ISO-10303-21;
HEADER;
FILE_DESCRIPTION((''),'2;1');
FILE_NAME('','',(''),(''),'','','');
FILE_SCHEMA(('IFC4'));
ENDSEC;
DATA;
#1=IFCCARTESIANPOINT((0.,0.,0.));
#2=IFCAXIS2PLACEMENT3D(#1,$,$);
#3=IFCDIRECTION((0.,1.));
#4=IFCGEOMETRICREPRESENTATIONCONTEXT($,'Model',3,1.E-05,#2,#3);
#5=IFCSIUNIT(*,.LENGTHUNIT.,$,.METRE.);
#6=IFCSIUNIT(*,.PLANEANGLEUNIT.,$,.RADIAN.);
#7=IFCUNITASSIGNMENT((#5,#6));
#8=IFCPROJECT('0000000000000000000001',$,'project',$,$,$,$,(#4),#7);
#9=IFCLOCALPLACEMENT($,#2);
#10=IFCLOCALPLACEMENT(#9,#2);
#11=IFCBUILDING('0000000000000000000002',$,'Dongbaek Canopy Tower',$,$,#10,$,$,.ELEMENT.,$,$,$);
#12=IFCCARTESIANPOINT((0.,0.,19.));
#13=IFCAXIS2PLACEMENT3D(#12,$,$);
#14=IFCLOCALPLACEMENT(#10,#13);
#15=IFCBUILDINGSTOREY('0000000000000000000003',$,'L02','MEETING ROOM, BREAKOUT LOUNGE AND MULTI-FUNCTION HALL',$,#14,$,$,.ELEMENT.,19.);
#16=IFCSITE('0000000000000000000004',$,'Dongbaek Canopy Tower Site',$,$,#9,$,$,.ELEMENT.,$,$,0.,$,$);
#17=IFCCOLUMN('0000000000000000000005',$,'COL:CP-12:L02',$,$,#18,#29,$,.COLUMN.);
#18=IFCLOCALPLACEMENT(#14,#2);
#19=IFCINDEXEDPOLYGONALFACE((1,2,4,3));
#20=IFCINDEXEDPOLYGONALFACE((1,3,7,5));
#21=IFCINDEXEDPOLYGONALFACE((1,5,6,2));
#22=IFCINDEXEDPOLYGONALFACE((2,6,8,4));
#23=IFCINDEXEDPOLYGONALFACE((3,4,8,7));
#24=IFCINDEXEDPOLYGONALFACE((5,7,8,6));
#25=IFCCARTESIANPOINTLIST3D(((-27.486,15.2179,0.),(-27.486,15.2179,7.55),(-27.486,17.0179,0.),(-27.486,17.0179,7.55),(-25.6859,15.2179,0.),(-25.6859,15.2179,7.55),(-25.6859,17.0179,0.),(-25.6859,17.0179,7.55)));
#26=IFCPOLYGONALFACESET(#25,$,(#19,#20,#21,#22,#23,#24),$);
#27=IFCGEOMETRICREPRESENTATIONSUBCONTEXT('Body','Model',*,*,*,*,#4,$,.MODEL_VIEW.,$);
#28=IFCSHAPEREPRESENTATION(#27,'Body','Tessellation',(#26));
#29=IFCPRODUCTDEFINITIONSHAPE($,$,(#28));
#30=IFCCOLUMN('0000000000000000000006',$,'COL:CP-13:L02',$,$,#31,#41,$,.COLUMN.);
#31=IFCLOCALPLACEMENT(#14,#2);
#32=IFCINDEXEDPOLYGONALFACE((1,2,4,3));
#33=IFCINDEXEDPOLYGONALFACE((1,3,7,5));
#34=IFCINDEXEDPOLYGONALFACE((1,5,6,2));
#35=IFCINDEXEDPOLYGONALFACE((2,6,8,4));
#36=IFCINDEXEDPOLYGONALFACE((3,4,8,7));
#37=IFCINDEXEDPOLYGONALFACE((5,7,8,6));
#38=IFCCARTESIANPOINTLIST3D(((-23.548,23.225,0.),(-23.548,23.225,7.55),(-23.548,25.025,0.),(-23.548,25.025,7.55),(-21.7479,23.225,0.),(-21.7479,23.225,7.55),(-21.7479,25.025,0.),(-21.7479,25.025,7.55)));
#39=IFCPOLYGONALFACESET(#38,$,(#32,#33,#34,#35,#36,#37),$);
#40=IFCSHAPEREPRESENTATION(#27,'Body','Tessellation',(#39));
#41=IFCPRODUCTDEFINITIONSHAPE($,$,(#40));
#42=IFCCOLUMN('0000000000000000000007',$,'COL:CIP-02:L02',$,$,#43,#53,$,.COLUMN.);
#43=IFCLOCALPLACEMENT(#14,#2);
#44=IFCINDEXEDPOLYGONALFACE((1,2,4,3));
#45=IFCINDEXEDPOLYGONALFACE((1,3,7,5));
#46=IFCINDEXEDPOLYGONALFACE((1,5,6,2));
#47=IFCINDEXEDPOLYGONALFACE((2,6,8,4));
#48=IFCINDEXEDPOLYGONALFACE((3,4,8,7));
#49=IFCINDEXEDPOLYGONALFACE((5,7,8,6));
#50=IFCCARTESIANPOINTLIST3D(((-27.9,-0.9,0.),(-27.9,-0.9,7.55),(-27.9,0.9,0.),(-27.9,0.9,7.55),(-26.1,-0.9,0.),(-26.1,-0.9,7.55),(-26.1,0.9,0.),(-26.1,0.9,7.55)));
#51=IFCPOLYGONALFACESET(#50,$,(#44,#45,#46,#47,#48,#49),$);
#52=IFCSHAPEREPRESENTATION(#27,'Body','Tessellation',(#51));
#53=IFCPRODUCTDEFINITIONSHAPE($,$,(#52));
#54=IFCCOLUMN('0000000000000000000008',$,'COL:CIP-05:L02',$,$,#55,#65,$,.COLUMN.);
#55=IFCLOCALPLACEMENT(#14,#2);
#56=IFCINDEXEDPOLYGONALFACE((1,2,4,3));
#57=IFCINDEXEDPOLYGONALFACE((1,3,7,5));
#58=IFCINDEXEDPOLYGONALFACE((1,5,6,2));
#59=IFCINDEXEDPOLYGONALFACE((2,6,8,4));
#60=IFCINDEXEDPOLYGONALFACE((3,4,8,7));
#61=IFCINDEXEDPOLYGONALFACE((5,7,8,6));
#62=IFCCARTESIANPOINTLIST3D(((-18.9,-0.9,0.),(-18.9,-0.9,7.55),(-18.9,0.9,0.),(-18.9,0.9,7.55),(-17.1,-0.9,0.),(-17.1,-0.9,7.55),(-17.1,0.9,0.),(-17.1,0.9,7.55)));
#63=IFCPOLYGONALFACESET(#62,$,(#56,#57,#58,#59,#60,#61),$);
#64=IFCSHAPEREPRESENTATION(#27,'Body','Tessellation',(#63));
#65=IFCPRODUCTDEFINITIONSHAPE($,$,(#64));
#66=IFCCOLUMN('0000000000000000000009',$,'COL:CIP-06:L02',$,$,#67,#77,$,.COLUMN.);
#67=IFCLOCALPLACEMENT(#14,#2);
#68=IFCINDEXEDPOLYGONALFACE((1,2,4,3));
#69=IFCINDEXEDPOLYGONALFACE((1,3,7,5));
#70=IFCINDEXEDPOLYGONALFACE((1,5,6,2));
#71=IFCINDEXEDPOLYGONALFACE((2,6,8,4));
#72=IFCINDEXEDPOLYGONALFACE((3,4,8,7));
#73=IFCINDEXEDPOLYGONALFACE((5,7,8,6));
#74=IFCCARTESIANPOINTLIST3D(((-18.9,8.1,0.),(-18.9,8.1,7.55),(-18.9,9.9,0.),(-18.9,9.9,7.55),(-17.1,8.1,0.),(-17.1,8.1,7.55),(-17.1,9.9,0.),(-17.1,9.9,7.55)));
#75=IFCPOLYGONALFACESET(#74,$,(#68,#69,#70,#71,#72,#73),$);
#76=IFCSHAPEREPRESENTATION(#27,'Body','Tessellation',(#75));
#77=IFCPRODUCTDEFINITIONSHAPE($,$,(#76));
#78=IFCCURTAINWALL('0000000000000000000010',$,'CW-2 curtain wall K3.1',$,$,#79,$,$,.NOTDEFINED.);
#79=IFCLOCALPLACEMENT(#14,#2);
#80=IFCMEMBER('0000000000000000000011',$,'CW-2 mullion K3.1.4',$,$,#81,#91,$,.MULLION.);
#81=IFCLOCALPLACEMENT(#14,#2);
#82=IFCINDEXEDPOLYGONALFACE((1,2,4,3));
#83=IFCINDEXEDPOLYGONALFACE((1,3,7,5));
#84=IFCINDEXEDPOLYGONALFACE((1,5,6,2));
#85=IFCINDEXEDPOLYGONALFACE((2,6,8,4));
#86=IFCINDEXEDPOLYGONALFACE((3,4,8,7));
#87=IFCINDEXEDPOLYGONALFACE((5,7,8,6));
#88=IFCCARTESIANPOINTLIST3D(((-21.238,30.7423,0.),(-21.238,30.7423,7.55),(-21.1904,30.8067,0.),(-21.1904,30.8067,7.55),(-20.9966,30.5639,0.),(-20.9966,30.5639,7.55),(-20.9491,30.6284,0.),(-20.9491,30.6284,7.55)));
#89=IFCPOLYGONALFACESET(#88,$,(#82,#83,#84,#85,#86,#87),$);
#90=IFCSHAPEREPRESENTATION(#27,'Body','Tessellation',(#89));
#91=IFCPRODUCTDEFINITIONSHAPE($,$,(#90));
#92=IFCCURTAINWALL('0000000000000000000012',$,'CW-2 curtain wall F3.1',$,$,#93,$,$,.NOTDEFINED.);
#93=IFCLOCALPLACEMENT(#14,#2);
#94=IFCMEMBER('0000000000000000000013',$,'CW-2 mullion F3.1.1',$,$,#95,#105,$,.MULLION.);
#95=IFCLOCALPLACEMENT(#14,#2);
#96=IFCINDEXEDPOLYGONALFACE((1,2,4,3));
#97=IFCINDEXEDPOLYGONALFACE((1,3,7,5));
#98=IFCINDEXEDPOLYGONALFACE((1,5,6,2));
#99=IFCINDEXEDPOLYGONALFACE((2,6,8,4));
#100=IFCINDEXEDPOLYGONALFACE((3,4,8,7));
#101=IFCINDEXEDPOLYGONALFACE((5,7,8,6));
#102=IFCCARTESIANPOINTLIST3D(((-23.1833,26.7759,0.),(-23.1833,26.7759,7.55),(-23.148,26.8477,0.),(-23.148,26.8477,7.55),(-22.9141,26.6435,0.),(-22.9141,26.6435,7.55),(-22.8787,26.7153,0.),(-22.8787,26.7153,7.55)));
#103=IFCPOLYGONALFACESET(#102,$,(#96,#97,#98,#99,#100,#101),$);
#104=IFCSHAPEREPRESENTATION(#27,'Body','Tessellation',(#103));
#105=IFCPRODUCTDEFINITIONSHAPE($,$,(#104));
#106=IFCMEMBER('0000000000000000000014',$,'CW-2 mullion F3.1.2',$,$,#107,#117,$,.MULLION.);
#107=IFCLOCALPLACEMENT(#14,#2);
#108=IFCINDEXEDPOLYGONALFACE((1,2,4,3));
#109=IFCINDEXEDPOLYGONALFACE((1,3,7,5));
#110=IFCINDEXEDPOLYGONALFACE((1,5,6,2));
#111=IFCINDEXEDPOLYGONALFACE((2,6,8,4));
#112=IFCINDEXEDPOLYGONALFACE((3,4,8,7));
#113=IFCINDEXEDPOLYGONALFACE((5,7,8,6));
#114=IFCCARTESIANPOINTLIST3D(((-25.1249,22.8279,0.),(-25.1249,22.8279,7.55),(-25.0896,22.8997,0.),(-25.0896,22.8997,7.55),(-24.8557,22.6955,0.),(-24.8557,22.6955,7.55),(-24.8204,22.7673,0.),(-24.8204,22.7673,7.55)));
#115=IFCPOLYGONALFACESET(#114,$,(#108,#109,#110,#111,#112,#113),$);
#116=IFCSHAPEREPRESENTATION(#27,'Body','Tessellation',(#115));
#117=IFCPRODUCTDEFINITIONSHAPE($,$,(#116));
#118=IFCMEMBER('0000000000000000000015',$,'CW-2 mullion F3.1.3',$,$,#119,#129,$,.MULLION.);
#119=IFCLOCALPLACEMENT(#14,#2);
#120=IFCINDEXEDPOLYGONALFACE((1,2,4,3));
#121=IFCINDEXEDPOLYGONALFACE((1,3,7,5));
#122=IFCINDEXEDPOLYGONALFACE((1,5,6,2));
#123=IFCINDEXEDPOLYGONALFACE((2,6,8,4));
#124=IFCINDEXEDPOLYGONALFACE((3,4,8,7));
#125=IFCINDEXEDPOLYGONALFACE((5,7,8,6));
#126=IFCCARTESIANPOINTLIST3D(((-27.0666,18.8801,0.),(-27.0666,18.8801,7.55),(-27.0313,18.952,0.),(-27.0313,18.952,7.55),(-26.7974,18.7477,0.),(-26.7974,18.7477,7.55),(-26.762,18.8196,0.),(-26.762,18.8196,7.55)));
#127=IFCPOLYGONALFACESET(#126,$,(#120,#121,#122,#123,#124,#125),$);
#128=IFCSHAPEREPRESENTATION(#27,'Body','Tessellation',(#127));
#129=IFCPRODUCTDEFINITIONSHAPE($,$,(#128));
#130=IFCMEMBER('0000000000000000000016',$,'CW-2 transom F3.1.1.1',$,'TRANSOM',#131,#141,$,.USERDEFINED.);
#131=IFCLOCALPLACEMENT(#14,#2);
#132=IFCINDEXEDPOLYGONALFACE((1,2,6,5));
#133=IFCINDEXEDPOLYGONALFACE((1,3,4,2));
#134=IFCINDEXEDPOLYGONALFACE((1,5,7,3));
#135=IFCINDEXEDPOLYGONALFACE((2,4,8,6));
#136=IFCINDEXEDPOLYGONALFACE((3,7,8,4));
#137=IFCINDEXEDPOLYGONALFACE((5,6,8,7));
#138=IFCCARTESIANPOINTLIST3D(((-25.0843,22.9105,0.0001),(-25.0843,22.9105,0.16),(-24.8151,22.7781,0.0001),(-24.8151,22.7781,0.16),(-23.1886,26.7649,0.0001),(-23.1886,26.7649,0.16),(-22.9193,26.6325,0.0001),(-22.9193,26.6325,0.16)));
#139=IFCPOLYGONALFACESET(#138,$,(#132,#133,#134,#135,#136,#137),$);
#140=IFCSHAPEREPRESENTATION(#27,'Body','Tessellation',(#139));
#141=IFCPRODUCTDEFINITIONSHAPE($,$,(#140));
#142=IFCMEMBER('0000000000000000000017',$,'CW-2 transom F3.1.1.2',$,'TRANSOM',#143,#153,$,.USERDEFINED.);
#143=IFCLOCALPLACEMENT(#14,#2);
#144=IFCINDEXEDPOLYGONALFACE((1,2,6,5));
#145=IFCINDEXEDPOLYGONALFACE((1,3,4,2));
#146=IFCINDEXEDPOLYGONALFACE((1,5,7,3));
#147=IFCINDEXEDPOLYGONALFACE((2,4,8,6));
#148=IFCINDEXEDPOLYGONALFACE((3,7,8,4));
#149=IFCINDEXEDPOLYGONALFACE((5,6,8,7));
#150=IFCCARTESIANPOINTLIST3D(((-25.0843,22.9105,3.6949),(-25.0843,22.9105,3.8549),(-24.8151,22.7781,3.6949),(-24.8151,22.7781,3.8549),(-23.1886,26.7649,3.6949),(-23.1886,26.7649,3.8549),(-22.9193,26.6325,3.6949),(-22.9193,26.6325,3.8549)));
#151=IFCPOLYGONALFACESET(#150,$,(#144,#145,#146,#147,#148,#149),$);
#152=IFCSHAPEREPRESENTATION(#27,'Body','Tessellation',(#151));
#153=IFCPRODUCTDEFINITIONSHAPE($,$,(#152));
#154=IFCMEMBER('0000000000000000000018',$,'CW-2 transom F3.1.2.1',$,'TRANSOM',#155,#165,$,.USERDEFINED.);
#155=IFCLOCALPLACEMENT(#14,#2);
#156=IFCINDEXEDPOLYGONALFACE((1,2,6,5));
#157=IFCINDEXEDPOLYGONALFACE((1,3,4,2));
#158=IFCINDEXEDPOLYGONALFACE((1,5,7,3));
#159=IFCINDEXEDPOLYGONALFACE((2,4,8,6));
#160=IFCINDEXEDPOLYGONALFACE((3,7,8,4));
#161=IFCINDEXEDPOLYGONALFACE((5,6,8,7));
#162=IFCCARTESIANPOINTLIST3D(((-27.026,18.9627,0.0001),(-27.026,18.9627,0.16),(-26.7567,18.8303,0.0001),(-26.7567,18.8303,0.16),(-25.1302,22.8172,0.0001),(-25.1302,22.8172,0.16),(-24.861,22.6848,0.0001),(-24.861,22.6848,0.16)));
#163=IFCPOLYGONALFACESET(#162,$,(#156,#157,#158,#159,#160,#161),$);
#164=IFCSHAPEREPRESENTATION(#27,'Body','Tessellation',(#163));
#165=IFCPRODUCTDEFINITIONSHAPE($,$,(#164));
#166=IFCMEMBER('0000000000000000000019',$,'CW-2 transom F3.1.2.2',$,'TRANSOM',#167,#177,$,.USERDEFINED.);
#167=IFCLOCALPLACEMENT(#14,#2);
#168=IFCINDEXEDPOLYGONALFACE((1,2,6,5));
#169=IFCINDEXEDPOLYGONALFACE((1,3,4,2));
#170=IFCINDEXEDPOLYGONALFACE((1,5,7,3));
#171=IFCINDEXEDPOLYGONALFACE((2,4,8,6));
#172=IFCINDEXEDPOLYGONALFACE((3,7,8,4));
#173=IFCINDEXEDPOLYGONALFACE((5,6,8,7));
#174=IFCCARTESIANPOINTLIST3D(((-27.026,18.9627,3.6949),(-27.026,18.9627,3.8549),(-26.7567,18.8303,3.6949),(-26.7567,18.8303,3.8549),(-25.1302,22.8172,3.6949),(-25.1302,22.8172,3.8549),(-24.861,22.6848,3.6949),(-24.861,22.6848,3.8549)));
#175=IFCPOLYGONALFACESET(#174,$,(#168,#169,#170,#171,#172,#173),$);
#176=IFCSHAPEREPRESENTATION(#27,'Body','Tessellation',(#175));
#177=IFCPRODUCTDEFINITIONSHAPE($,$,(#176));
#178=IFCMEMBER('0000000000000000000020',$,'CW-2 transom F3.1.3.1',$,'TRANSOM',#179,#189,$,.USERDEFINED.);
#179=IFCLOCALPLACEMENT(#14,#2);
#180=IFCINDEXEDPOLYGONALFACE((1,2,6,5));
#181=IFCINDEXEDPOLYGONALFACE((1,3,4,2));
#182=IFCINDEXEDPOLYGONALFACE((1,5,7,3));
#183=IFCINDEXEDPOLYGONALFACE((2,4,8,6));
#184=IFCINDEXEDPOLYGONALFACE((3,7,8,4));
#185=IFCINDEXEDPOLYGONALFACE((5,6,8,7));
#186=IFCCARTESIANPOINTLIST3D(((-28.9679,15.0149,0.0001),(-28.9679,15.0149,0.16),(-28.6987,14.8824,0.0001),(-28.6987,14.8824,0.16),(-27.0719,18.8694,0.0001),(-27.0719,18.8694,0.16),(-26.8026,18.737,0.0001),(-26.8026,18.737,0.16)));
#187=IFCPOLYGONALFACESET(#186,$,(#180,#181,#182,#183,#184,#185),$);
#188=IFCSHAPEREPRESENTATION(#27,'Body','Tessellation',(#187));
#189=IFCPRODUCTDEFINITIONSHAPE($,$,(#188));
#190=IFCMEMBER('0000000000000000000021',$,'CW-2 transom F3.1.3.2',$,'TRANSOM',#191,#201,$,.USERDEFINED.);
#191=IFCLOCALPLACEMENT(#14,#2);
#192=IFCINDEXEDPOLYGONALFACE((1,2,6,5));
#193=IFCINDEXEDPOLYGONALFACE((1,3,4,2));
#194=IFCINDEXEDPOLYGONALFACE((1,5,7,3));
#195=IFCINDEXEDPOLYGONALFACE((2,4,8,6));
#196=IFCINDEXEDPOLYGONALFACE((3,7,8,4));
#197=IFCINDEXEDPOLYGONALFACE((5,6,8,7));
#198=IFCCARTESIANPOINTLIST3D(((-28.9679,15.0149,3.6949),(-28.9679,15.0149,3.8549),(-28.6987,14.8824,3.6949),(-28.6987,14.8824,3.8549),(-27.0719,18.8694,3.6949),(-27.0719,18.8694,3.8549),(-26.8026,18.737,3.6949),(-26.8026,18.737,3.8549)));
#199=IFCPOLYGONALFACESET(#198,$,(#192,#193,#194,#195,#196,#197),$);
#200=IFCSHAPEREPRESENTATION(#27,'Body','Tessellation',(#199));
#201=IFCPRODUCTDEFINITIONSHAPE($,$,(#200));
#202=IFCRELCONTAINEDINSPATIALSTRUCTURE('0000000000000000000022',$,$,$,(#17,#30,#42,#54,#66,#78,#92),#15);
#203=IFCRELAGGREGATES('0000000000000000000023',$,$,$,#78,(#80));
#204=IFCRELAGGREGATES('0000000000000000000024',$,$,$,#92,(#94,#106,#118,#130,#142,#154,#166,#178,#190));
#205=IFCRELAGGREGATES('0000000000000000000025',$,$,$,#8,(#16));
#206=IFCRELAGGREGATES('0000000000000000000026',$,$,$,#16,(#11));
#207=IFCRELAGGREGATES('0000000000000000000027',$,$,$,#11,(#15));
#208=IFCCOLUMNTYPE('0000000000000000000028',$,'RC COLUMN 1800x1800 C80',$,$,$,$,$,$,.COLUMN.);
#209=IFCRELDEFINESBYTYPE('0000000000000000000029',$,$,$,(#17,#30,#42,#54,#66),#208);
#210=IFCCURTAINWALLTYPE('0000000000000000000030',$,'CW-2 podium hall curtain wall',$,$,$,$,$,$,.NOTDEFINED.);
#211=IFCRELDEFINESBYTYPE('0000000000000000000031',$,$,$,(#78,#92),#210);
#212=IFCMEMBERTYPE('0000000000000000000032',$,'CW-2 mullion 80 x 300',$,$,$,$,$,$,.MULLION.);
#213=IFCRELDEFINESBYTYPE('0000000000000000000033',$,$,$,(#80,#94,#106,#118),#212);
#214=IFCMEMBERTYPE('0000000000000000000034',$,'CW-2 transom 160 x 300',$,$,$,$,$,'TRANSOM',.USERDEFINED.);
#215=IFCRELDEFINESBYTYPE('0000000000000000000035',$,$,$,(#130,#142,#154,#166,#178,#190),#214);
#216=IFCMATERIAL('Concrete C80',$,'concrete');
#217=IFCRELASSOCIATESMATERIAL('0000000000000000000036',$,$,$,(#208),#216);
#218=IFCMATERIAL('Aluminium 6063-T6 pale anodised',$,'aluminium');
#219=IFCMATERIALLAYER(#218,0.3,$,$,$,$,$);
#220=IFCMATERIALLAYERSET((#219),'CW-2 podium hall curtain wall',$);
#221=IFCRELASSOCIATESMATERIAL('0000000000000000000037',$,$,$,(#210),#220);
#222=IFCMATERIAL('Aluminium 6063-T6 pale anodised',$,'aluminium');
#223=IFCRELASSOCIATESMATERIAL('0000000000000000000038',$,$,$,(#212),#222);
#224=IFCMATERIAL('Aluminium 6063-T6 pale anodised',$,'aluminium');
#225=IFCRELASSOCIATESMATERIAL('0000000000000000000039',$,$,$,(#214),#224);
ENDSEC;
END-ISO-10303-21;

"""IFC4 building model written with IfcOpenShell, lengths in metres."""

from ifc_helpers import new_model, si_unit, direction, frame, origin, origin_2d, place, context, subcontext, project, spatial, rectangle, extrude, material, layer, layer_set, material_profile, profile_set, type_object, element, aggregate, save


model = new_model("IFC4")

# Units and contexts
model_context = context("Model", 3, precision=1e-05, world=origin(), true_north=direction((0.0, 1.0)))
body_context = subcontext(model_context, "Body", "Model", "MODEL_VIEW")
ifc_project = project(units=[si_unit("LENGTHUNIT", "METRE"), si_unit("PLANEANGLEUNIT", "RADIAN")], contexts=[model_context])

# Site, building, storey
site_placement = place(None, origin())
site = spatial("IfcSite", under=ifc_project, at=site_placement, Name="Dongbaek Canopy Tower Site", CompositionType="ELEMENT", RefElevation=0.0)
building_placement = place(site_placement, origin())
building = spatial("IfcBuilding", under=site, at=building_placement, Name="Dongbaek Canopy Tower", CompositionType="ELEMENT")
storey_placement = place(building_placement, frame((0.0, 0.0, 19.0)))
storey = spatial("IfcBuildingStorey", under=building, at=storey_placement, Name="L02", Description="MEETING ROOM, BREAKOUT LOUNGE AND MULTI-FUNCTION HALL", CompositionType="ELEMENT", Elevation=19.0)

# Columns
ifc_material_1 = material(Name="Concrete C80", Category="concrete")
ifc_material_profile_1 = material_profile(ifc_material_1, rectangle(XDim=1.8, YDim=1.8, at=origin_2d()), Name="RC COLUMN 1800x1800 C80")
ifc_profile_set_1 = profile_set([ifc_material_profile_1], Name="Concrete C80")
column_type = type_object("IfcColumnType", Name="RC COLUMN 1800x1800 C80", PredefinedType="COLUMN", material=ifc_profile_set_1)
for number, where, z_axis, x_axis, name in (
    (1, (-26.5859, 16.1179, 0.0), (0.0, 0.0, 1.0), (1.0, 0.0, 0.0), "COL:CP-12:L02"),
    (2, (-22.6479, 24.125, 0.0), (0.0, 0.0, 1.0), (1.0, 0.0, 0.0), "COL:CP-13:L02"),
    (3, (-27.0, 0.0, 0.0), (0.0, 0.0, 1.0), (1.0, 0.0, 0.0), "COL:CIP-02:L02"),
    (4, (-18.0, 0.0, 0.0), (0.0, 0.0, 1.0), (1.0, 0.0, 0.0), "COL:CIP-05:L02"),
    (5, (-18.0, 9.0, 0.0), (0.0, 0.0, 1.0), (1.0, 0.0, 0.0), "COL:CIP-06:L02"),
):
    element("IfcColumn", number, at=place(storey_placement, frame(where, z_axis=z_axis, x_axis=x_axis)), inside=storey, type_object=column_type, Name=name, PredefinedType="COLUMN", context=body_context, shape_type="SweptSolid", body=[
        extrude(rectangle(XDim=1.8, YDim=1.8, at=origin_2d()), origin(), (0.0, 0.0, 1.0), 7.55),
    ])

# Curtain wall, member
ifc_material_2 = material(Name="Aluminium 6063-T6 pale anodised", Category="aluminium")
ifc_layer_1 = layer(ifc_material_2, 0.3)
ifc_layer_set_1 = layer_set([ifc_layer_1], Name="CW-2 podium hall curtain wall")
curtain_wall_type = type_object("IfcCurtainWallType", Name="CW-2 podium hall curtain wall", PredefinedType="NOTDEFINED", material=ifc_layer_set_1)
curtain_wall_1_placement = place(storey_placement, origin())
curtain_wall_1 = element("IfcCurtainWall", 6, at=curtain_wall_1_placement, inside=storey, type_object=curtain_wall_type, Name="CW-2 curtain wall K3.1", PredefinedType="NOTDEFINED")
ifc_material_3 = material(Name="Aluminium 6063-T6 pale anodised", Category="aluminium")
ifc_material_profile_2 = material_profile(ifc_material_3, rectangle(XDim=0.3, YDim=0.0801, at=origin_2d()), Name="CW-2 mullion 80 x 300")
ifc_profile_set_2 = profile_set([ifc_material_profile_2], Name="Aluminium 6063-T6 pale anodised")
member_type_1 = type_object("IfcMemberType", Name="CW-2 mullion 80 x 300", PredefinedType="MULLION", material=ifc_profile_set_2)
member_1_placement = place(storey_placement, frame((-21.0935, 30.6853, 0.0), z_axis=(0.0, 0.0, 1.0), x_axis=(-0.804278, 0.594253, 0.0)))
member_1 = element("IfcMember", 7, at=member_1_placement, type_object=member_type_1, Name="CW-2 mullion K3.1.4", PredefinedType="MULLION", context=body_context, shape_type="SweptSolid", body=[
    extrude(rectangle(XDim=0.3, YDim=0.0801, at=origin_2d()), origin(), (0.0, 0.0, 1.0), 7.55),
])
aggregate(curtain_wall_1, [member_1])

# Curtain wall, members
curtain_wall_2_placement = place(storey_placement, origin())
curtain_wall_2 = element("IfcCurtainWall", 8, at=curtain_wall_2_placement, inside=storey, type_object=curtain_wall_type, Name="CW-2 curtain wall F3.1", PredefinedType="NOTDEFINED")
member_2_placement = place(storey_placement, frame((-23.031, 26.7456, 0.0), z_axis=(0.0, 0.0, 1.0), x_axis=(-0.897339, 0.441342, 0.0)))
member_2 = element("IfcMember", 9, at=member_2_placement, type_object=member_type_1, Name="CW-2 mullion F3.1.1", PredefinedType="MULLION", context=body_context, shape_type="SweptSolid", body=[
    extrude(rectangle(XDim=0.3, YDim=0.0801, at=origin_2d()), origin(), (0.0, 0.0, 1.0), 7.55),
])
member_3_placement = place(storey_placement, frame((-24.9727, 22.7976, 0.0), z_axis=(0.0, 0.0, 1.0), x_axis=(-0.897339, 0.441342, 0.0)))
member_3 = element("IfcMember", 10, at=member_3_placement, type_object=member_type_1, Name="CW-2 mullion F3.1.2", PredefinedType="MULLION", context=body_context, shape_type="SweptSolid", body=[
    extrude(rectangle(XDim=0.3, YDim=0.0801, at=origin_2d()), origin(), (0.0, 0.0, 1.0), 7.55),
])
member_4_placement = place(storey_placement, frame((-26.9143, 18.8499, 0.0), z_axis=(0.0, 0.0, 1.0), x_axis=(-0.897339, 0.441342, 0.0)))
member_4 = element("IfcMember", 11, at=member_4_placement, type_object=member_type_1, Name="CW-2 mullion F3.1.3", PredefinedType="MULLION", context=body_context, shape_type="SweptSolid", body=[
    extrude(rectangle(XDim=0.3, YDim=0.0801, at=origin_2d()), origin(), (0.0, 0.0, 1.0), 7.55),
])
ifc_material_4 = material(Name="Aluminium 6063-T6 pale anodised", Category="aluminium")
ifc_material_profile_3 = material_profile(ifc_material_4, rectangle(XDim=0.3, YDim=0.1599, at=origin_2d()), Name="CW-2 transom 160 x 300")
ifc_profile_set_3 = profile_set([ifc_material_profile_3], Name="Aluminium 6063-T6 pale anodised")
member_type_2 = type_object("IfcMemberType", Name="CW-2 transom 160 x 300", ElementType="TRANSOM", PredefinedType="USERDEFINED", material=ifc_profile_set_3)
member_5_placement = place(storey_placement, frame((-23.054, 26.6987, 0.0801), z_axis=(-0.441338, -0.897341, 0.0), x_axis=(0.897341, -0.441338, 0.0)))
member_5 = element("IfcMember", 12, at=member_5_placement, type_object=member_type_2, Name="CW-2 transom F3.1.1.1", ObjectType="TRANSOM", PredefinedType="USERDEFINED", context=body_context, shape_type="SweptSolid", body=[
    extrude(rectangle(XDim=0.3, YDim=0.1599, at=origin_2d()), origin(), (0.0, 0.0, 1.0), 4.2954),
])
member_6_placement = place(storey_placement, frame((-23.054, 26.6987, 3.7749), z_axis=(-0.441338, -0.897341, 0.0), x_axis=(0.897341, -0.441338, 0.0)))
member_6 = element("IfcMember", 13, at=member_6_placement, type_object=member_type_2, Name="CW-2 transom F3.1.1.2", ObjectType="TRANSOM", PredefinedType="USERDEFINED", context=body_context, shape_type="SweptSolid", body=[
    extrude(rectangle(XDim=0.3, YDim=0.1599, at=origin_2d()), origin(), (0.0, 0.0, 1.0), 4.2954),
])
member_7_placement = place(storey_placement, frame((-24.9956, 22.751, 0.0801), z_axis=(-0.441338, -0.897341, 0.0), x_axis=(0.897341, -0.441338, 0.0)))
member_7 = element("IfcMember", 14, at=member_7_placement, type_object=member_type_2, Name="CW-2 transom F3.1.2.1", ObjectType="TRANSOM", PredefinedType="USERDEFINED", context=body_context, shape_type="SweptSolid", body=[
    extrude(rectangle(XDim=0.3, YDim=0.1599, at=origin_2d()), origin(), (0.0, 0.0, 1.0), 4.2954),
])
member_8_placement = place(storey_placement, frame((-24.9956, 22.751, 3.7749), z_axis=(-0.441338, -0.897341, 0.0), x_axis=(0.897341, -0.441338, 0.0)))
member_8 = element("IfcMember", 15, at=member_8_placement, type_object=member_type_2, Name="CW-2 transom F3.1.2.2", ObjectType="TRANSOM", PredefinedType="USERDEFINED", context=body_context, shape_type="SweptSolid", body=[
    extrude(rectangle(XDim=0.3, YDim=0.1599, at=origin_2d()), origin(), (0.0, 0.0, 1.0), 4.2954),
])
member_9_placement = place(storey_placement, frame((-26.9373, 18.8032, 0.0801), z_axis=(-0.441384, -0.897318, 0.0), x_axis=(0.897318, -0.441384, 0.0)))
member_9 = element("IfcMember", 16, at=member_9_placement, type_object=member_type_2, Name="CW-2 transom F3.1.3.1", ObjectType="TRANSOM", PredefinedType="USERDEFINED", context=body_context, shape_type="SweptSolid", body=[
    extrude(rectangle(XDim=0.3, YDim=0.1599, at=origin_2d()), origin(), (0.0, 0.0, 1.0), 4.2957),
])
member_10_placement = place(storey_placement, frame((-26.9373, 18.8032, 3.7749), z_axis=(-0.441384, -0.897318, 0.0), x_axis=(0.897318, -0.441384, 0.0)))
member_10 = element("IfcMember", 17, at=member_10_placement, type_object=member_type_2, Name="CW-2 transom F3.1.3.2", ObjectType="TRANSOM", PredefinedType="USERDEFINED", context=body_context, shape_type="SweptSolid", body=[
    extrude(rectangle(XDim=0.3, YDim=0.1599, at=origin_2d()), origin(), (0.0, 0.0, 1.0), 4.2957),
])
aggregate(curtain_wall_2, [member_2, member_3, member_4, member_5, member_6, member_7, member_8, member_9, member_10])

save(model, "model.ifc")
